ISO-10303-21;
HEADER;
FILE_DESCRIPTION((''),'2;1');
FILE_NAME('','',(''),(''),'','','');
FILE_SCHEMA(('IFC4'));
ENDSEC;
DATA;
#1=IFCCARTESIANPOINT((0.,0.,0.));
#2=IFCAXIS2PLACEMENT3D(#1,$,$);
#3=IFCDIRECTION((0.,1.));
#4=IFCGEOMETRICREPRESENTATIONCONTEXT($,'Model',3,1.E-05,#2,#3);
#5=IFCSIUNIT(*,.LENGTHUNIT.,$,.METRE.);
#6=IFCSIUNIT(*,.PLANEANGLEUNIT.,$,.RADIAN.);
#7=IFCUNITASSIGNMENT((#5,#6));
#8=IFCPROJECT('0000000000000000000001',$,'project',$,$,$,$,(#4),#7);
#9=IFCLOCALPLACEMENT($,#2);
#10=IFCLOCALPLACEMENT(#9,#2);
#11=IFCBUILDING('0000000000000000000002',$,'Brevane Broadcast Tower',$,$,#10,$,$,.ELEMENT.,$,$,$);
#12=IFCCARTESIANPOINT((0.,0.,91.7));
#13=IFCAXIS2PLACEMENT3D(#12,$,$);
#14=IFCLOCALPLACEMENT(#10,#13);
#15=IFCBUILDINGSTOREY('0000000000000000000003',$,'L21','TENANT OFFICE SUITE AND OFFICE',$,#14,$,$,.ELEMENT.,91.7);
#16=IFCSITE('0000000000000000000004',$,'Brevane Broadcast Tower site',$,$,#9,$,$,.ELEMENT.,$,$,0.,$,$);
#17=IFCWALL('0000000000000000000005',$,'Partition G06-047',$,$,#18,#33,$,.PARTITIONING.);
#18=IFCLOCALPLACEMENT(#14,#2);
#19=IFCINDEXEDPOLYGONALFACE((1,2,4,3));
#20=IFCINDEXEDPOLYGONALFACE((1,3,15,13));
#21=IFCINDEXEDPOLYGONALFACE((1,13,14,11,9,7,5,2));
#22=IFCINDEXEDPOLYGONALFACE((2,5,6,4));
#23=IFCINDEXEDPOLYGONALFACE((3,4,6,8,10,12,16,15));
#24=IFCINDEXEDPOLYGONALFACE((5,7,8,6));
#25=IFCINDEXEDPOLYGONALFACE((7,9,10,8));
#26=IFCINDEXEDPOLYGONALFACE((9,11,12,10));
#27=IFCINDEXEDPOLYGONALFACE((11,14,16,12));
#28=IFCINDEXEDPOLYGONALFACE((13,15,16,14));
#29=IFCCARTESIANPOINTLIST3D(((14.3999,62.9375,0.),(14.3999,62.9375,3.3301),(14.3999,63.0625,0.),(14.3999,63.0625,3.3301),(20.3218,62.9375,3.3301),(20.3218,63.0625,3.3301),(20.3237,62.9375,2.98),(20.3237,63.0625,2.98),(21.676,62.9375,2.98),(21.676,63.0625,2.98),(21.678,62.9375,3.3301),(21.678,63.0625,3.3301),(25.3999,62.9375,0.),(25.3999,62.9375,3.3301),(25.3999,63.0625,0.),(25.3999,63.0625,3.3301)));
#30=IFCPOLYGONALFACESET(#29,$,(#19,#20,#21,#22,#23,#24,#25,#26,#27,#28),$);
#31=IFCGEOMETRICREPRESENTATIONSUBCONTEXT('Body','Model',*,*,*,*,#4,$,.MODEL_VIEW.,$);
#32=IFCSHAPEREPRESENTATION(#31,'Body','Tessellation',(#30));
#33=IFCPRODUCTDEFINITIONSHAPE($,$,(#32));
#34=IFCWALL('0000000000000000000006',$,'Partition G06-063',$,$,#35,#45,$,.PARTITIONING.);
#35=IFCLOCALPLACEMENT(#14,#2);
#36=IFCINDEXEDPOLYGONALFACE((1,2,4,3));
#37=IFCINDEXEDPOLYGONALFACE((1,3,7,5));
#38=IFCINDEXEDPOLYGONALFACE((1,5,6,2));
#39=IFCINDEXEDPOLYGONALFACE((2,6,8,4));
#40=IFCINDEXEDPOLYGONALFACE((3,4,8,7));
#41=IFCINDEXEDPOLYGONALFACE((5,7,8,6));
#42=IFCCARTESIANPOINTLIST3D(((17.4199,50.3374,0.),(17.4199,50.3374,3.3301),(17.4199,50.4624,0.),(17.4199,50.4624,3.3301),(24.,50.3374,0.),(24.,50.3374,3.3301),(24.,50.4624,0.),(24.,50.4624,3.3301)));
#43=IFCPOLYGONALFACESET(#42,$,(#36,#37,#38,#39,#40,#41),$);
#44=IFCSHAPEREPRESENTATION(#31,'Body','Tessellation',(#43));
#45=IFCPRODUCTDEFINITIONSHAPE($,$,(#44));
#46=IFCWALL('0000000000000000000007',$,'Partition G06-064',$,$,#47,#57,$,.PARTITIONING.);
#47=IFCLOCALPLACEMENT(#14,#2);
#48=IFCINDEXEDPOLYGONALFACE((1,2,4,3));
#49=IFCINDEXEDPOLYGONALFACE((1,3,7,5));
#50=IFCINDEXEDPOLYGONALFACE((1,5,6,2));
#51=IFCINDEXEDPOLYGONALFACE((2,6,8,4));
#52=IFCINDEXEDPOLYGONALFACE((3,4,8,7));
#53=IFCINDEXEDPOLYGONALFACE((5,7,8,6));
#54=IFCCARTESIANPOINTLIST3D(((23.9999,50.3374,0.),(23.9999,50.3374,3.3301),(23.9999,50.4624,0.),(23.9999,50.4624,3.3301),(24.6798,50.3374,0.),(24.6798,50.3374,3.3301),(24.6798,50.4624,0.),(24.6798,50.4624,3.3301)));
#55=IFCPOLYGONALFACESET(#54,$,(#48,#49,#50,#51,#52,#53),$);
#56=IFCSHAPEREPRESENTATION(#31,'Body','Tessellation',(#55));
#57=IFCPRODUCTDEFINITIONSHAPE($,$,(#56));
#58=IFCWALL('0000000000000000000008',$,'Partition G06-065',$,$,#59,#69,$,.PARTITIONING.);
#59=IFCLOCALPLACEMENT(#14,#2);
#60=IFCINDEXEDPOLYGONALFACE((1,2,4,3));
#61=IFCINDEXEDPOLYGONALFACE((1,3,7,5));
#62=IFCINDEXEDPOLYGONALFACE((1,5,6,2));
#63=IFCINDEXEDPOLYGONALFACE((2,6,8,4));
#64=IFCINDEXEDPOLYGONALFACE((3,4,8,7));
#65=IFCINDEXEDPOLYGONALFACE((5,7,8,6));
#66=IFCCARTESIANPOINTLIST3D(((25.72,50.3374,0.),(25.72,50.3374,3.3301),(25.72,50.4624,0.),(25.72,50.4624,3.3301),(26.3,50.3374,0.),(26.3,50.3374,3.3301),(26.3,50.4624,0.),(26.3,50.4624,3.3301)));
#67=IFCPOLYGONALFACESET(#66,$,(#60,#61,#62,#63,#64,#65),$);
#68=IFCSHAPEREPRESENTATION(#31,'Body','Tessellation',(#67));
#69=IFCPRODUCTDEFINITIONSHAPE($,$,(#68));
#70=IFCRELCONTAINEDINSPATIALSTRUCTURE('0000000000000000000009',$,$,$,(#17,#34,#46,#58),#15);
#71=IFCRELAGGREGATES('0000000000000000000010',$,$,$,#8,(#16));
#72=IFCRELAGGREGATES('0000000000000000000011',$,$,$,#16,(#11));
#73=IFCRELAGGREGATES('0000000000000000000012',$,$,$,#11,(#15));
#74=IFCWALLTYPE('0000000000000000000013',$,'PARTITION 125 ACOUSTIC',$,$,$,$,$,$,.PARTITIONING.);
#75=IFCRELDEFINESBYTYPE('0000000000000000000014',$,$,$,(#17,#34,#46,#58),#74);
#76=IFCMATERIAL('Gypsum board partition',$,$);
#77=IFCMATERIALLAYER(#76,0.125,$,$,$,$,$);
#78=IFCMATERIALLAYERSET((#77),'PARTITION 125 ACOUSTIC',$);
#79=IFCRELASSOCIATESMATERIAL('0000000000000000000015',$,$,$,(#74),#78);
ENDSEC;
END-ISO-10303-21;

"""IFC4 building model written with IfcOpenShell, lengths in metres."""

from ifc_helpers import new_model, si_unit, direction, frame, frame_2d, origin, place, context, subcontext, project, spatial, polyline, rectangle, outline, extrude, material, layer, layer_set, type_object, element, save


model = new_model("IFC4")

# Units and contexts
model_context = context("Model", 3, precision=1e-05, world=origin(), true_north=direction((0.0, 1.0)))
body_context = subcontext(model_context, "Body", "Model", "MODEL_VIEW")
ifc_project = project(units=[si_unit("LENGTHUNIT", "METRE"), si_unit("PLANEANGLEUNIT", "RADIAN")], contexts=[model_context])

# Site, building, storey
site_placement = place(None, origin())
site = spatial("IfcSite", under=ifc_project, at=site_placement, Name="Brevane Broadcast Tower site", CompositionType="ELEMENT", RefElevation=0.0)
building_placement = place(site_placement, origin())
building = spatial("IfcBuilding", under=site, at=building_placement, Name="Brevane Broadcast Tower", CompositionType="ELEMENT")
storey_placement = place(building_placement, frame((0.0, 0.0, 91.7)))
storey = spatial("IfcBuildingStorey", under=building, at=storey_placement, Name="L21", Description="TENANT OFFICE SUITE AND OFFICE", CompositionType="ELEMENT", Elevation=91.7)

# Shared definitions
ifc_material_1 = material(Name="Gypsum board partition")

# Walls
ifc_layer_1 = layer(ifc_material_1, 0.125)
ifc_layer_set_1 = layer_set([ifc_layer_1], Name="PARTITION 125 ACOUSTIC")
wall_type_1 = type_object("IfcWallType", Name="PARTITION 125 ACOUSTIC", PredefinedType="PARTITIONING", material=ifc_layer_set_1)
wall_1_placement = place(storey_placement, frame((25.3999, 63.0, 0.0), z_axis=(0.0, 0.0, 1.0), x_axis=(-1.0, 0.0, 0.0)))
element("IfcWall", 1, at=wall_1_placement, inside=storey, type_object=wall_type_1, Name="Partition G06-047", PredefinedType="PARTITIONING", context=body_context, shape_type="SweptSolid", body=[
    extrude(outline(polyline([(0.0, 0.0), (11.0, 0.0), (11.0, 3.3301), (5.0781, 3.3301), (5.0762, 2.98), (3.7239, 2.98), (3.7219, 3.3301), (0.0, 3.3301), (0.0, 0.0)])), frame((0.0, 0.0625, 0.0), z_axis=(0.0, -1.0, 0.0), x_axis=(1.0, 0.0, 0.0)), (0.0, 0.0, 1.0), 0.125),
])
wall_2_placement = place(storey_placement, frame((17.4199, 50.3999, 0.0), z_axis=(0.0, 0.0, 1.0), x_axis=(1.0, 0.0, 0.0)))
element("IfcWall", 2, at=wall_2_placement, inside=storey, type_object=wall_type_1, Name="Partition G06-063", PredefinedType="PARTITIONING", context=body_context, shape_type="SweptSolid", body=[
    extrude(rectangle(XDim=6.5801, YDim=0.125, at=frame_2d((3.29, 0.0))), origin(), (0.0, 0.0, 1.0), 3.3301),
])
wall_3_placement = place(storey_placement, frame((24.0, 50.3999, 0.0), z_axis=(0.0, 0.0, 1.0), x_axis=(1.0, 0.0, 0.0)))
element("IfcWall", 3, at=wall_3_placement, inside=storey, type_object=wall_type_1, Name="Partition G06-064", PredefinedType="PARTITIONING", context=body_context, shape_type="SweptSolid", body=[
    extrude(rectangle(XDim=0.6799, YDim=0.125, at=frame_2d((0.3398, 0.0))), origin(), (0.0, 0.0, 1.0), 3.3301),
])
wall_4_placement = place(storey_placement, frame((25.72, 50.3999, 0.0), z_axis=(0.0, 0.0, 1.0), x_axis=(1.0, 0.0, 0.0)))
element("IfcWall", 4, at=wall_4_placement, inside=storey, type_object=wall_type_1, Name="Partition G06-065", PredefinedType="PARTITIONING", context=body_context, shape_type="SweptSolid", body=[
    extrude(rectangle(XDim=0.5801, YDim=0.125, at=frame_2d((0.29, 0.0))), origin(), (0.0, 0.0, 1.0), 3.3301),
])

save(model, "model.ifc")
